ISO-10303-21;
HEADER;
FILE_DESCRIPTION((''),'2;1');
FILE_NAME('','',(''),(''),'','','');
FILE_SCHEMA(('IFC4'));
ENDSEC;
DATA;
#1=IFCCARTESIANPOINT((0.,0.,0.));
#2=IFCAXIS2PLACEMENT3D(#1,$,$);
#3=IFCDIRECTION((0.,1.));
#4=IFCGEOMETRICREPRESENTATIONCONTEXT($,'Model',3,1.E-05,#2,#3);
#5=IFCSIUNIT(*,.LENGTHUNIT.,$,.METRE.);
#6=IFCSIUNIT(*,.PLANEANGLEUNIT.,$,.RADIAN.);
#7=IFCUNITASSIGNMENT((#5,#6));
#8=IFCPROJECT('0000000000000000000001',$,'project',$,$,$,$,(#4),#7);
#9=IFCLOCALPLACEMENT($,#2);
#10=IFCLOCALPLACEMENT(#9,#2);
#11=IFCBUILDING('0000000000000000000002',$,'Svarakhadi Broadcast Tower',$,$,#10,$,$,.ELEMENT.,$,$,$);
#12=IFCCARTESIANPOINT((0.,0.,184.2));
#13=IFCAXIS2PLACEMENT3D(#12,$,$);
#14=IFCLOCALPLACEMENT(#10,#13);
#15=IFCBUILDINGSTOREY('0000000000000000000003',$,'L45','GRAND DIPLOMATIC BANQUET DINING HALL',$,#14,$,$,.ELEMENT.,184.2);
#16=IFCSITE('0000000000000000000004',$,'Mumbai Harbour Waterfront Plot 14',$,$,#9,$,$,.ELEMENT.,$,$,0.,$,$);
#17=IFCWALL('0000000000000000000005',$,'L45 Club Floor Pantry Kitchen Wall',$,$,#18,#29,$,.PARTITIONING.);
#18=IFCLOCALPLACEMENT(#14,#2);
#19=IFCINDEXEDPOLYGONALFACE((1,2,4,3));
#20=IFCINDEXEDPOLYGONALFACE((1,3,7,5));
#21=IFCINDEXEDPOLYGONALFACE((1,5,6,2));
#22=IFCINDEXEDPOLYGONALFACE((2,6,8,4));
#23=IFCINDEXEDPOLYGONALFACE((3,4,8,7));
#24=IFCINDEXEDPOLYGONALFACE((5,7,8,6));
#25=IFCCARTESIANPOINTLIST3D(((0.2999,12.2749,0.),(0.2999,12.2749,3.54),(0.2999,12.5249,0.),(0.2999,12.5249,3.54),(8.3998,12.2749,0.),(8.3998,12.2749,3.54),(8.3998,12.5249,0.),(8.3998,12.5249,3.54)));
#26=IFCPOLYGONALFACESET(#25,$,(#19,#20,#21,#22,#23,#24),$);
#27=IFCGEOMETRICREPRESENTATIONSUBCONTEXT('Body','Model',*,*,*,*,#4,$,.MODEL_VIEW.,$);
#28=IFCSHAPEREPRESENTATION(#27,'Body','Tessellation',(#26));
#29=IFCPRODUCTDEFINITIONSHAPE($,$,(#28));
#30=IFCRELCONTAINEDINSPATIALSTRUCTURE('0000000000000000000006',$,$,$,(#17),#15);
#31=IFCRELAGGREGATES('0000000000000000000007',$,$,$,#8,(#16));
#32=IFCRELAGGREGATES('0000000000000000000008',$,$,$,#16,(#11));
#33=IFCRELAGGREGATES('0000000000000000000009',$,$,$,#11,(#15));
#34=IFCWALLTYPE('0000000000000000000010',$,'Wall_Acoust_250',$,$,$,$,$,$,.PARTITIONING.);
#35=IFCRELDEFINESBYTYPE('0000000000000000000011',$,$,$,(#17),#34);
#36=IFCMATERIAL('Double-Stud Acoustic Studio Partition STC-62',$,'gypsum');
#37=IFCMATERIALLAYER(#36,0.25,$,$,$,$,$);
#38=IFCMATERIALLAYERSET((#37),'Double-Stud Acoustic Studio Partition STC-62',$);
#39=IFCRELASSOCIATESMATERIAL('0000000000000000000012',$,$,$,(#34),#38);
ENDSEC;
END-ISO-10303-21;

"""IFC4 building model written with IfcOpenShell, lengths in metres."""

from ifc_helpers import new_model, si_unit, direction, frame, frame_2d, origin, place, context, subcontext, project, spatial, rectangle, extrude, material, layer, layer_set, type_object, element, save


model = new_model("IFC4")

# Units and contexts
model_context = context("Model", 3, precision=1e-05, world=origin(), true_north=direction((0.0, 1.0)))
body_context = subcontext(model_context, "Body", "Model", "MODEL_VIEW")
ifc_project = project(units=[si_unit("LENGTHUNIT", "METRE"), si_unit("PLANEANGLEUNIT", "RADIAN")], contexts=[model_context])

# Site, building, storey
site_placement = place(None, origin())
site = spatial("IfcSite", under=ifc_project, at=site_placement, Name="Mumbai Harbour Waterfront Plot 14", CompositionType="ELEMENT", RefElevation=0.0)
building_placement = place(site_placement, origin())
building = spatial("IfcBuilding", under=site, at=building_placement, Name="Svarakhadi Broadcast Tower", CompositionType="ELEMENT")
storey_placement = place(building_placement, frame((0.0, 0.0, 184.2)))
storey = spatial("IfcBuildingStorey", under=building, at=storey_placement, Name="L45", Description="GRAND DIPLOMATIC BANQUET DINING HALL", CompositionType="ELEMENT", Elevation=184.2)

# Shared definitions
ifc_material_1 = material(Name="Double-Stud Acoustic Studio Partition STC-62", Category="gypsum")
ifc_layer_1 = layer(ifc_material_1, 0.25)
ifc_layer_set_1 = layer_set([ifc_layer_1], Name="Double-Stud Acoustic Studio Partition STC-62")
wall_type = type_object("IfcWallType", Name="Wall_Acoust_250", PredefinedType="PARTITIONING", material=ifc_layer_set_1)

# Wall
wall_1_placement = place(storey_placement, frame((0.3, 12.3999, 0.0), z_axis=(0.0, 0.0, 1.0), x_axis=(1.0, 0.0, 0.0)))
element("IfcWall", 1, at=wall_1_placement, inside=storey, type_object=wall_type, Name="L45 Club Floor Pantry Kitchen Wall", PredefinedType="PARTITIONING", context=body_context, shape_type="SweptSolid", body=[
    extrude(rectangle(XDim=8.0999, YDim=0.25, at=frame_2d((4.0498, 0.0))), origin(), (0.0, 0.0, 1.0), 3.54),
])

save(model, "model.ifc")
